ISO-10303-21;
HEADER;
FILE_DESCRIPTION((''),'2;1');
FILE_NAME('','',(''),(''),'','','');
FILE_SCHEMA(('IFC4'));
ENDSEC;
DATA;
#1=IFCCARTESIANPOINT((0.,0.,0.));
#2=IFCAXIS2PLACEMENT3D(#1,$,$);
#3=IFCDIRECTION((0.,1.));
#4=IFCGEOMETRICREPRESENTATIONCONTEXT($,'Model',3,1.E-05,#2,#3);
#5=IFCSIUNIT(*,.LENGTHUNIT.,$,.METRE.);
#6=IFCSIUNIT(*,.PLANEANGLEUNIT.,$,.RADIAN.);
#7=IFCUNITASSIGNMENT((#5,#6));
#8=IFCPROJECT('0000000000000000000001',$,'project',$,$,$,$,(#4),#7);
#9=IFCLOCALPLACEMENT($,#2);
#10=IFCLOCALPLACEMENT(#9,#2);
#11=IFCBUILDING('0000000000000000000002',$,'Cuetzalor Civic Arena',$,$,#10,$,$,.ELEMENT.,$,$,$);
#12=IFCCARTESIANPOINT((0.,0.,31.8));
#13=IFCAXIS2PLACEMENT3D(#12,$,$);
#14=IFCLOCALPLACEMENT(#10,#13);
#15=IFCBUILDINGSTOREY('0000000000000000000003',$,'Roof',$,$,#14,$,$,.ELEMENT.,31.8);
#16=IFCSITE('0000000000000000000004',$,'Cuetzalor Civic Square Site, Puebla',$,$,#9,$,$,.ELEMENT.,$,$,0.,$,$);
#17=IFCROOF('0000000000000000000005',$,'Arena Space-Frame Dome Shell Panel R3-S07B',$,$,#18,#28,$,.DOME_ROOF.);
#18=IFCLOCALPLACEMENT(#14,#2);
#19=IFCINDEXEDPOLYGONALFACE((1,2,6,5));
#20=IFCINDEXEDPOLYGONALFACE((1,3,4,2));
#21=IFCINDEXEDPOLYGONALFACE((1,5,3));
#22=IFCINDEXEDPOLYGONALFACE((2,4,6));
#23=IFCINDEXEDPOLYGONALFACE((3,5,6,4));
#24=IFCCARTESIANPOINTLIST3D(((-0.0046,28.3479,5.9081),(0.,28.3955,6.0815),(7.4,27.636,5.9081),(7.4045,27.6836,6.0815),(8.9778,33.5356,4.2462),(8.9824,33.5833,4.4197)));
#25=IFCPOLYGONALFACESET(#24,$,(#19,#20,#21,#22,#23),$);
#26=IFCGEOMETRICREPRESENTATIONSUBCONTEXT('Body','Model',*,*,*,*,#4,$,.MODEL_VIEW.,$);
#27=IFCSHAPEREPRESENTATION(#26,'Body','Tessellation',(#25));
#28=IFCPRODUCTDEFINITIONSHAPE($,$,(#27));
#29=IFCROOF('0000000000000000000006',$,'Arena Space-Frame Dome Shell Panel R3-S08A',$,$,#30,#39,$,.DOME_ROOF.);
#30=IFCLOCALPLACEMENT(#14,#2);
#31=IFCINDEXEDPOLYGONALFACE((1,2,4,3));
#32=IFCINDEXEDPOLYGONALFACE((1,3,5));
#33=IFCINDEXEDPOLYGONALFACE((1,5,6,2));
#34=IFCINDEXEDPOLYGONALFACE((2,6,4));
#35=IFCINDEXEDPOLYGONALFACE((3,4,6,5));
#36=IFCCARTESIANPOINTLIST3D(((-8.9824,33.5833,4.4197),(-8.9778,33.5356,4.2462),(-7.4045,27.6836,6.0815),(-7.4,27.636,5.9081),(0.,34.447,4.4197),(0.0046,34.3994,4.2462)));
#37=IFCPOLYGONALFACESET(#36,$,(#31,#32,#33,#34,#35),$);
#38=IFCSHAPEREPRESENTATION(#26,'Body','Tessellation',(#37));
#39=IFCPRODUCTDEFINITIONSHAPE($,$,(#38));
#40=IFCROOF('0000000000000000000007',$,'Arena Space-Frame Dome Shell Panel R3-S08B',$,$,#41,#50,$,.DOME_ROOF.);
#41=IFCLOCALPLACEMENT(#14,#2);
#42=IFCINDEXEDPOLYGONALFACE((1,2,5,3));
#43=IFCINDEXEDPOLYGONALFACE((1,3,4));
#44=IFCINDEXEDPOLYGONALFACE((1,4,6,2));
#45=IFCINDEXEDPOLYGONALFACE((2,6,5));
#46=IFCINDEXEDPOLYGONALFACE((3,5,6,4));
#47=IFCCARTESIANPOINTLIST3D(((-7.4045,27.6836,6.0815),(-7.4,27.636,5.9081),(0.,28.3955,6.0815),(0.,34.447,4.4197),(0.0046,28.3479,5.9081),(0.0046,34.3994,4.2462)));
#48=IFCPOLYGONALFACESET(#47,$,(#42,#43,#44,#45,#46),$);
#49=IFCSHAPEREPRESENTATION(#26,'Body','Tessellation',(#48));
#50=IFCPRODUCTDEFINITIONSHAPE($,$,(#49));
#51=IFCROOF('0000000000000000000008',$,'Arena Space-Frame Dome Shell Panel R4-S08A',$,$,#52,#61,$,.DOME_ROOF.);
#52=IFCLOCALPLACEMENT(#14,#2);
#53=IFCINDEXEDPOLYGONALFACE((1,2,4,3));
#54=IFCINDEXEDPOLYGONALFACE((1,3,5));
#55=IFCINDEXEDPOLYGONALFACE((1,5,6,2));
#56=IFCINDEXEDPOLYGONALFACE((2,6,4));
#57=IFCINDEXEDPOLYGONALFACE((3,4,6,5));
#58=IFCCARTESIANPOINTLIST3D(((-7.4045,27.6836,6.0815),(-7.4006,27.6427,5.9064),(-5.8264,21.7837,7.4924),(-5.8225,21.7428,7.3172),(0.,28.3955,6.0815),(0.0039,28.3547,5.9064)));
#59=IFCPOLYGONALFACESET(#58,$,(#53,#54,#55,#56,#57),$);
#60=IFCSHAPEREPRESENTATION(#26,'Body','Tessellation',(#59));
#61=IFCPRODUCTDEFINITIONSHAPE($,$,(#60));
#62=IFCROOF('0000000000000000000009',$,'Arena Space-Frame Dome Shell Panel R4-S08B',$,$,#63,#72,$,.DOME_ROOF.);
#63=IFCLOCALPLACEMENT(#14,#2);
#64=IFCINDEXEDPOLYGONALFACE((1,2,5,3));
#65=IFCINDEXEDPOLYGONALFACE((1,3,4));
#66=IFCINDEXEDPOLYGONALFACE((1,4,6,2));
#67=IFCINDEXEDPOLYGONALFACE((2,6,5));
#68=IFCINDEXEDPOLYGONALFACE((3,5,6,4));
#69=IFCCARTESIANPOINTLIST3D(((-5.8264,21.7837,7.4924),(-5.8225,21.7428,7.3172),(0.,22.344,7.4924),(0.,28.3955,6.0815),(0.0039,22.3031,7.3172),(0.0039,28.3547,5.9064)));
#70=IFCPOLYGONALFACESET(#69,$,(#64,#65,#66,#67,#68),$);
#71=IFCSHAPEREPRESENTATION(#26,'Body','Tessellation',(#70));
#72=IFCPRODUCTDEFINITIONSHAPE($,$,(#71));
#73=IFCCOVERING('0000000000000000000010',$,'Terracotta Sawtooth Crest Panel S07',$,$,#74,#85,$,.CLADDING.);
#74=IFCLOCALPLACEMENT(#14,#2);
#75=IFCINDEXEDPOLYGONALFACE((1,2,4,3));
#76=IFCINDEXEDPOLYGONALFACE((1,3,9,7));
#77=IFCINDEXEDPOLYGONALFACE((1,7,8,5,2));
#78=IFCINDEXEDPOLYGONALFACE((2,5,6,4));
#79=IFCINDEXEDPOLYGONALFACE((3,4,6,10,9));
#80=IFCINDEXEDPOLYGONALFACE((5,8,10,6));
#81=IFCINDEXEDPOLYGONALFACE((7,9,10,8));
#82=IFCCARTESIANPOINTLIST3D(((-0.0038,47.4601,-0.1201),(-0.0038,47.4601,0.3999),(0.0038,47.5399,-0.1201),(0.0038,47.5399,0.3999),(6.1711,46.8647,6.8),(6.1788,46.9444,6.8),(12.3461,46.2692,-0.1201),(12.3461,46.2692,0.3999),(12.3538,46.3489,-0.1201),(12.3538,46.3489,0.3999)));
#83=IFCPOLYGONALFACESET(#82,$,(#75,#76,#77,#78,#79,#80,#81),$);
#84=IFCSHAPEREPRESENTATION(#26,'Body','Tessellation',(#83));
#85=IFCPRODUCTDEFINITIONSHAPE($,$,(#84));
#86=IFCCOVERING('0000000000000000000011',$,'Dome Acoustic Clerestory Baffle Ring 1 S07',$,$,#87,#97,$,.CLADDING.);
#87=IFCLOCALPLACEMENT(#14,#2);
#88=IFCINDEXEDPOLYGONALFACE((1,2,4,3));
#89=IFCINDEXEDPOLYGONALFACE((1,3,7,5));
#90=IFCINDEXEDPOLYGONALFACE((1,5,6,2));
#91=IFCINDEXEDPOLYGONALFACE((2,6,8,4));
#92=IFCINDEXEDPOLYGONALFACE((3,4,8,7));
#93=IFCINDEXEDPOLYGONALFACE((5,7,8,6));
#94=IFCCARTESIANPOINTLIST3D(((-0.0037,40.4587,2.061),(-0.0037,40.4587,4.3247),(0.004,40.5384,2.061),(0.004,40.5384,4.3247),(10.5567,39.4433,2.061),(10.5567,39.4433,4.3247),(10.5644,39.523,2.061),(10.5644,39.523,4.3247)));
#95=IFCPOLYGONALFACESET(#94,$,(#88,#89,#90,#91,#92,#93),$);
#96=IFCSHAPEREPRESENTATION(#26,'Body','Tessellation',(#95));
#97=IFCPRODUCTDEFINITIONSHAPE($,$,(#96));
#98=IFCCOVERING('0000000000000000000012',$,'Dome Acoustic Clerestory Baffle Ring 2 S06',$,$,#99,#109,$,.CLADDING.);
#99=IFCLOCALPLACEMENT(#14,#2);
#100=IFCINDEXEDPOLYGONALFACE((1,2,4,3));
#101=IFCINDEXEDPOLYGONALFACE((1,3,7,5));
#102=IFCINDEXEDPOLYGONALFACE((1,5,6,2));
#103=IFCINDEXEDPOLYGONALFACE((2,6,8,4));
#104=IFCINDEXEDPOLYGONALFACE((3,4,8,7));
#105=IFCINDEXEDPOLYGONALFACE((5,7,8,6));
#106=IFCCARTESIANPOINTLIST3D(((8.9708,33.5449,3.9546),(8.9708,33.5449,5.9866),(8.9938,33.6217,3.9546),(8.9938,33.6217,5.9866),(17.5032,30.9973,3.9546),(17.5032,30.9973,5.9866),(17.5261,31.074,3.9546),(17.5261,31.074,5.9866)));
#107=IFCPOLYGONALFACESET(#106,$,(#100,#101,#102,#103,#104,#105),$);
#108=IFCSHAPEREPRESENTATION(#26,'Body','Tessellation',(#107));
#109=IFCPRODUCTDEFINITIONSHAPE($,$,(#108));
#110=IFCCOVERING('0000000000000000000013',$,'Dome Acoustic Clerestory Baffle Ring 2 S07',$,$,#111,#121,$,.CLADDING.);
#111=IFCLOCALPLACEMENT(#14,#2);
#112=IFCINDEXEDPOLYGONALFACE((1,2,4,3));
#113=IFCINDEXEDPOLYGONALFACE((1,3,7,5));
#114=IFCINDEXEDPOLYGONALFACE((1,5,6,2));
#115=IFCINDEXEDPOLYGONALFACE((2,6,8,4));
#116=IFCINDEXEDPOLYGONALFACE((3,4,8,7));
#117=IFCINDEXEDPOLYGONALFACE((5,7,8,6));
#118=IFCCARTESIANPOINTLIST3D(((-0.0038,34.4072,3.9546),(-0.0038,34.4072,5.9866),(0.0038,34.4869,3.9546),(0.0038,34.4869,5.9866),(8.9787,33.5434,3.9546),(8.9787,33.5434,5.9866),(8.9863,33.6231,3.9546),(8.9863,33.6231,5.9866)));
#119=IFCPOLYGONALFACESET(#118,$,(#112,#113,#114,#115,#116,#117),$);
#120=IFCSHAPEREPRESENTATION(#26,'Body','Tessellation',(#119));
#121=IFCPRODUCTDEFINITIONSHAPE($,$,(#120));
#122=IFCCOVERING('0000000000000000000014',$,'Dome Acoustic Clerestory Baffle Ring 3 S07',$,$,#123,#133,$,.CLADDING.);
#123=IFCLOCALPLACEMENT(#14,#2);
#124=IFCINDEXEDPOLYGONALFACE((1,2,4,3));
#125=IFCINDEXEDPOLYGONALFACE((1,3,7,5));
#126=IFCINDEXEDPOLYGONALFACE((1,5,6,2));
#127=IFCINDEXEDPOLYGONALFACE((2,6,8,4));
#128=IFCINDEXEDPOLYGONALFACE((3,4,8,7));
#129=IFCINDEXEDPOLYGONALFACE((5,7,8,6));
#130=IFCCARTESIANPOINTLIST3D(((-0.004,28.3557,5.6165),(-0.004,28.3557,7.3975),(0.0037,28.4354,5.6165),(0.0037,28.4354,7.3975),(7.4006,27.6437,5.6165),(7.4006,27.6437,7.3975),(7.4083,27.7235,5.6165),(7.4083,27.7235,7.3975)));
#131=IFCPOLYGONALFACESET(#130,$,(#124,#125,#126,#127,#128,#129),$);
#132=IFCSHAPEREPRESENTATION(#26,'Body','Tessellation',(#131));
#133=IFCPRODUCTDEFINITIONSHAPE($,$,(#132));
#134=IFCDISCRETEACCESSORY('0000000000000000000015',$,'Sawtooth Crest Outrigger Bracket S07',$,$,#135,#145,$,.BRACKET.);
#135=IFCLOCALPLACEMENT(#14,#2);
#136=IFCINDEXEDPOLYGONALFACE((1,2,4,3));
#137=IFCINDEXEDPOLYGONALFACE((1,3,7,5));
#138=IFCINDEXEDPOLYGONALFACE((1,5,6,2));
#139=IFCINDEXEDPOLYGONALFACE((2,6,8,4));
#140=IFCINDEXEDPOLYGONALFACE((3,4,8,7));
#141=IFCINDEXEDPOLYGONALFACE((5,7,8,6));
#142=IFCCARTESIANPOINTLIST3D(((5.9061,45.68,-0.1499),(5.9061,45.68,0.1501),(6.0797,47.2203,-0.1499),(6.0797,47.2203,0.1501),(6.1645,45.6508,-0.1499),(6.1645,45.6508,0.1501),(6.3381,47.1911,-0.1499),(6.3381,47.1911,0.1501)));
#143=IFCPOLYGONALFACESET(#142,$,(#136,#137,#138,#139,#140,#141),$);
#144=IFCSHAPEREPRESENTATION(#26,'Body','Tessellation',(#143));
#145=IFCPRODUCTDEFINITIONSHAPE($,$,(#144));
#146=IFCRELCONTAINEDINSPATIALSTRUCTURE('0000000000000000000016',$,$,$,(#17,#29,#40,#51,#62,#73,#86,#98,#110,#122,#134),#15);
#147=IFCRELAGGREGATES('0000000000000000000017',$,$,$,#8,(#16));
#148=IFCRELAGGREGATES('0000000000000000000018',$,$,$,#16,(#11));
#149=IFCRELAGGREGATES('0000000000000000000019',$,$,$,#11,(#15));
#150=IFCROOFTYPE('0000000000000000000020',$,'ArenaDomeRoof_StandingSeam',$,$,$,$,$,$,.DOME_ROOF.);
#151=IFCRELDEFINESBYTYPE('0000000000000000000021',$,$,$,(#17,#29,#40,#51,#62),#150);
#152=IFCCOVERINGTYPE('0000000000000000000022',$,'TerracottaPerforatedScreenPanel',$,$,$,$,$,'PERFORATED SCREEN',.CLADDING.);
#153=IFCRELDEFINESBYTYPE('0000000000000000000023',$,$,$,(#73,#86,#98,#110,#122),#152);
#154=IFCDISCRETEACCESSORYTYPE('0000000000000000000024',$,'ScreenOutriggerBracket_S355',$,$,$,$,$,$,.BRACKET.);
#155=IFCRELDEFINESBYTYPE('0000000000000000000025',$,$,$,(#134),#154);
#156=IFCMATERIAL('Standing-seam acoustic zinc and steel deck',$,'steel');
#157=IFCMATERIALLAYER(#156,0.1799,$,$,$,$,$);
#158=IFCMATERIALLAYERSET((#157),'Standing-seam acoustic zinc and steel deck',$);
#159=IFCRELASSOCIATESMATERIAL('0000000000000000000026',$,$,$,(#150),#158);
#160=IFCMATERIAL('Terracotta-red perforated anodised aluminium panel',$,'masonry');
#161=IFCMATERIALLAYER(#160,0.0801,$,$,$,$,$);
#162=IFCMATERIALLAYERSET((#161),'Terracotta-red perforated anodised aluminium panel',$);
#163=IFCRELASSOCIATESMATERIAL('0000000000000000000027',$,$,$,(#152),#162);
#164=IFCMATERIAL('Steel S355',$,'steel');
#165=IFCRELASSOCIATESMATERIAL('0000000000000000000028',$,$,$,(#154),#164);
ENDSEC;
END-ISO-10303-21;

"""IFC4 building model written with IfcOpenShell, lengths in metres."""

from ifc_helpers import new_model, si_unit, direction, frame, frame_2d, origin, origin_2d, place, context, subcontext, project, spatial, polyline, rectangle, outline, extrude, material, layer, layer_set, type_object, element, save


model = new_model("IFC4")

# Units and contexts
model_context = context("Model", 3, precision=1e-05, world=origin(), true_north=direction((0.0, 1.0)))
body_context = subcontext(model_context, "Body", "Model", "MODEL_VIEW")
ifc_project = project(units=[si_unit("LENGTHUNIT", "METRE"), si_unit("PLANEANGLEUNIT", "RADIAN")], contexts=[model_context])

# Site, building, storey
site_placement = place(None, origin())
site = spatial("IfcSite", under=ifc_project, at=site_placement, Name="Cuetzalor Civic Square Site, Puebla", CompositionType="ELEMENT", RefElevation=0.0)
building_placement = place(site_placement, origin())
building = spatial("IfcBuilding", under=site, at=building_placement, Name="Cuetzalor Civic Arena", CompositionType="ELEMENT")
storey_placement = place(building_placement, frame((0.0, 0.0, 31.8)))
storey = spatial("IfcBuildingStorey", under=building, at=storey_placement, Name="Roof", CompositionType="ELEMENT", Elevation=31.8)

# Roofs
ifc_material_1 = material(Name="Standing-seam acoustic zinc and steel deck", Category="steel")
ifc_layer_1 = layer(ifc_material_1, 0.1799)
ifc_layer_set_1 = layer_set([ifc_layer_1], Name="Standing-seam acoustic zinc and steel deck")
roof_type = type_object("IfcRoofType", Name="ArenaDomeRoof_StandingSeam", PredefinedType="DOME_ROOF", material=ifc_layer_set_1)
roof_1_placement = place(storey_placement, frame((8.9824, 33.5833, 4.4197), z_axis=(0.025453, 0.264736, 0.963985), x_axis=(-0.855049, -0.493828, 0.158195)))
element("IfcRoof", 1, at=roof_1_placement, inside=storey, type_object=roof_type, Name="Arena Space-Frame Dome Shell Panel R3-S07B", PredefinedType="DOME_ROOF", context=body_context, shape_type="SweptSolid", body=[
    extrude(outline(polyline([(0.0, 0.0), (10.5052, 0.0), (4.5255, 4.4246), (0.0, 0.0)])), origin(), (0.0, 0.0, -1.0), 0.1799),
])
roof_2_placement = place(storey_placement, frame((0.0, 34.447, 4.4197), z_axis=(-0.025457, 0.264735, 0.963985), x_axis=(-0.995408, -0.095721, 0.0)))
element("IfcRoof", 2, at=roof_2_placement, inside=storey, type_object=roof_type, Name="Arena Space-Frame Dome Shell Panel R3-S08A", PredefinedType="DOME_ROOF", context=body_context, shape_type="SweptSolid", body=[
    extrude(outline(polyline([(0.0, 0.0), (9.0239, 0.0), (8.0179, 6.2486), (0.0, 0.0)])), origin(), (0.0, 0.0, -1.0), 0.1799),
])
roof_3_placement = place(storey_placement, frame((0.0, 34.447, 4.4197), z_axis=(-0.025453, 0.26473, 0.963987), x_axis=(-0.728415, -0.665346, 0.163484)))
element("IfcRoof", 3, at=roof_3_placement, inside=storey, type_object=roof_type, Name="Arena Space-Frame Dome Shell Panel R3-S08B", PredefinedType="DOME_ROOF", context=body_context, shape_type="SweptSolid", body=[
    extrude(outline(polyline([(0.0, 0.0), (10.1653, 0.0), (4.298, 4.5727), (0.0, 0.0)])), origin(), (0.0, 0.0, -1.0), 0.1799),
])
roof_4_placement = place(storey_placement, frame((0.0, 28.3955, 6.0815), z_axis=(-0.021825, 0.226999, 0.97365), x_axis=(-0.99541, -0.095704, 0.0)))
element("IfcRoof", 4, at=roof_4_placement, inside=storey, type_object=roof_type, Name="Arena Space-Frame Dome Shell Panel R4-S08A", PredefinedType="DOME_ROOF", context=body_context, shape_type="SweptSolid", body=[
    extrude(outline(polyline([(0.0, 0.0), (7.4387, 0.0), (6.4325, 6.1869), (0.0, 0.0)])), origin(), (0.0, 0.0, -1.0), 0.1799),
])
roof_5_placement = place(storey_placement, frame((0.0, 28.3955, 6.0815), z_axis=(-0.02183, 0.227003, 0.973649), x_axis=(-0.652827, -0.740828, 0.158085)))
element("IfcRoof", 5, at=roof_5_placement, inside=storey, type_object=roof_type, Name="Arena Space-Frame Dome Shell Panel R4-S08B", PredefinedType="DOME_ROOF", context=body_context, shape_type="SweptSolid", body=[
    extrude(outline(polyline([(0.0, 0.0), (8.9249, 0.0), (4.7062, 4.0575), (0.0, 0.0)])), origin(), (0.0, 0.0, -1.0), 0.1799),
])

# Coverings
ifc_material_2 = material(Name="Terracotta-red perforated anodised aluminium panel", Category="masonry")
ifc_layer_2 = layer(ifc_material_2, 0.0801)
ifc_layer_set_2 = layer_set([ifc_layer_2], Name="Terracotta-red perforated anodised aluminium panel")
covering_type = type_object("IfcCoveringType", Name="TerracottaPerforatedScreenPanel", ElementType="PERFORATED SCREEN", PredefinedType="CLADDING", material=ifc_layer_set_2)
covering_1_placement = place(storey_placement, frame((0.0, 47.5, -0.1201), z_axis=(0.0, 0.0, 1.0), x_axis=(0.995383, -0.095986, 0.0)))
element("IfcCovering", 6, at=covering_1_placement, inside=storey, type_object=covering_type, Name="Terracotta Sawtooth Crest Panel S07", PredefinedType="CLADDING", context=body_context, shape_type="SweptSolid", body=[
    extrude(outline(polyline([(0.0, 0.0), (12.4072, 0.0), (12.4072, 0.52), (6.2036, 6.9202), (0.0, 0.52), (0.0, 0.0)])), frame((0.0, 0.04, 0.0), z_axis=(0.0, -1.0, 0.0), x_axis=(1.0, 0.0, 0.0)), (0.0, 0.0, 1.0), 0.0801),
])
covering_2_placement = place(storey_placement, frame((0.0, 40.4985, 2.061), z_axis=(0.0, 0.0, 1.0), x_axis=(0.99541, -0.095707, 0.0)))
element("IfcCovering", 7, at=covering_2_placement, inside=storey, type_object=covering_type, Name="Dome Acoustic Clerestory Baffle Ring 1 S07", PredefinedType="CLADDING", context=body_context, shape_type="SweptSolid", body=[
    extrude(rectangle(XDim=10.6091, YDim=0.0801, at=frame_2d((5.3047, 0.0))), origin(), (0.0, 0.0, 1.0), 2.2637),
])
covering_3_placement = place(storey_placement, frame((8.9824, 33.5833, 3.9546), z_axis=(0.0, 0.0, 1.0), x_axis=(0.958198, -0.286105, 0.0)))
element("IfcCovering", 8, at=covering_3_placement, inside=storey, type_object=covering_type, Name="Dome Acoustic Clerestory Baffle Ring 2 S06", PredefinedType="CLADDING", context=body_context, shape_type="SweptSolid", body=[
    extrude(rectangle(XDim=8.9045, YDim=0.0801, at=frame_2d((4.4521, 0.0))), origin(), (0.0, 0.0, 1.0), 2.032),
])
covering_4_placement = place(storey_placement, frame((0.0, 34.447, 3.9546), z_axis=(0.0, 0.0, 1.0), x_axis=(0.995408, -0.095721, 0.0)))
element("IfcCovering", 9, at=covering_4_placement, inside=storey, type_object=covering_type, Name="Dome Acoustic Clerestory Baffle Ring 2 S07", PredefinedType="CLADDING", context=body_context, shape_type="SweptSolid", body=[
    extrude(rectangle(XDim=9.0239, YDim=0.0801, at=frame_2d((4.512, 0.0))), origin(), (0.0, 0.0, 1.0), 2.032),
])
covering_5_placement = place(storey_placement, frame((0.0, 28.3955, 5.6165), z_axis=(0.0, 0.0, 1.0), x_axis=(0.99541, -0.095704, 0.0)))
element("IfcCovering", 10, at=covering_5_placement, inside=storey, type_object=covering_type, Name="Dome Acoustic Clerestory Baffle Ring 3 S07", PredefinedType="CLADDING", context=body_context, shape_type="SweptSolid", body=[
    extrude(rectangle(XDim=7.4387, YDim=0.0801, at=frame_2d((3.7192, 0.0))), origin(), (0.0, 0.0, 1.0), 1.781),
])

# Discrete accessory
ifc_material_3 = material(Name="Steel S355", Category="steel")
discrete_accessory_type = type_object("IfcDiscreteAccessoryType", Name="ScreenOutriggerBracket_S355", PredefinedType="BRACKET", material=ifc_material_3)
discrete_accessory_placement = place(storey_placement, frame((6.1221, 46.4355, -0.1499), z_axis=(0.0, 0.0, 1.0), x_axis=(0.111989, 0.993709, 0.0)))
element("IfcDiscreteAccessory", 11, at=discrete_accessory_placement, inside=storey, type_object=discrete_accessory_type, Name="Sawtooth Crest Outrigger Bracket S07", PredefinedType="BRACKET", context=body_context, shape_type="SweptSolid", body=[
    extrude(rectangle(XDim=1.55, YDim=0.26, at=origin_2d()), origin(), (0.0, 0.0, 1.0), 0.3),
])

save(model, "model.ifc")
